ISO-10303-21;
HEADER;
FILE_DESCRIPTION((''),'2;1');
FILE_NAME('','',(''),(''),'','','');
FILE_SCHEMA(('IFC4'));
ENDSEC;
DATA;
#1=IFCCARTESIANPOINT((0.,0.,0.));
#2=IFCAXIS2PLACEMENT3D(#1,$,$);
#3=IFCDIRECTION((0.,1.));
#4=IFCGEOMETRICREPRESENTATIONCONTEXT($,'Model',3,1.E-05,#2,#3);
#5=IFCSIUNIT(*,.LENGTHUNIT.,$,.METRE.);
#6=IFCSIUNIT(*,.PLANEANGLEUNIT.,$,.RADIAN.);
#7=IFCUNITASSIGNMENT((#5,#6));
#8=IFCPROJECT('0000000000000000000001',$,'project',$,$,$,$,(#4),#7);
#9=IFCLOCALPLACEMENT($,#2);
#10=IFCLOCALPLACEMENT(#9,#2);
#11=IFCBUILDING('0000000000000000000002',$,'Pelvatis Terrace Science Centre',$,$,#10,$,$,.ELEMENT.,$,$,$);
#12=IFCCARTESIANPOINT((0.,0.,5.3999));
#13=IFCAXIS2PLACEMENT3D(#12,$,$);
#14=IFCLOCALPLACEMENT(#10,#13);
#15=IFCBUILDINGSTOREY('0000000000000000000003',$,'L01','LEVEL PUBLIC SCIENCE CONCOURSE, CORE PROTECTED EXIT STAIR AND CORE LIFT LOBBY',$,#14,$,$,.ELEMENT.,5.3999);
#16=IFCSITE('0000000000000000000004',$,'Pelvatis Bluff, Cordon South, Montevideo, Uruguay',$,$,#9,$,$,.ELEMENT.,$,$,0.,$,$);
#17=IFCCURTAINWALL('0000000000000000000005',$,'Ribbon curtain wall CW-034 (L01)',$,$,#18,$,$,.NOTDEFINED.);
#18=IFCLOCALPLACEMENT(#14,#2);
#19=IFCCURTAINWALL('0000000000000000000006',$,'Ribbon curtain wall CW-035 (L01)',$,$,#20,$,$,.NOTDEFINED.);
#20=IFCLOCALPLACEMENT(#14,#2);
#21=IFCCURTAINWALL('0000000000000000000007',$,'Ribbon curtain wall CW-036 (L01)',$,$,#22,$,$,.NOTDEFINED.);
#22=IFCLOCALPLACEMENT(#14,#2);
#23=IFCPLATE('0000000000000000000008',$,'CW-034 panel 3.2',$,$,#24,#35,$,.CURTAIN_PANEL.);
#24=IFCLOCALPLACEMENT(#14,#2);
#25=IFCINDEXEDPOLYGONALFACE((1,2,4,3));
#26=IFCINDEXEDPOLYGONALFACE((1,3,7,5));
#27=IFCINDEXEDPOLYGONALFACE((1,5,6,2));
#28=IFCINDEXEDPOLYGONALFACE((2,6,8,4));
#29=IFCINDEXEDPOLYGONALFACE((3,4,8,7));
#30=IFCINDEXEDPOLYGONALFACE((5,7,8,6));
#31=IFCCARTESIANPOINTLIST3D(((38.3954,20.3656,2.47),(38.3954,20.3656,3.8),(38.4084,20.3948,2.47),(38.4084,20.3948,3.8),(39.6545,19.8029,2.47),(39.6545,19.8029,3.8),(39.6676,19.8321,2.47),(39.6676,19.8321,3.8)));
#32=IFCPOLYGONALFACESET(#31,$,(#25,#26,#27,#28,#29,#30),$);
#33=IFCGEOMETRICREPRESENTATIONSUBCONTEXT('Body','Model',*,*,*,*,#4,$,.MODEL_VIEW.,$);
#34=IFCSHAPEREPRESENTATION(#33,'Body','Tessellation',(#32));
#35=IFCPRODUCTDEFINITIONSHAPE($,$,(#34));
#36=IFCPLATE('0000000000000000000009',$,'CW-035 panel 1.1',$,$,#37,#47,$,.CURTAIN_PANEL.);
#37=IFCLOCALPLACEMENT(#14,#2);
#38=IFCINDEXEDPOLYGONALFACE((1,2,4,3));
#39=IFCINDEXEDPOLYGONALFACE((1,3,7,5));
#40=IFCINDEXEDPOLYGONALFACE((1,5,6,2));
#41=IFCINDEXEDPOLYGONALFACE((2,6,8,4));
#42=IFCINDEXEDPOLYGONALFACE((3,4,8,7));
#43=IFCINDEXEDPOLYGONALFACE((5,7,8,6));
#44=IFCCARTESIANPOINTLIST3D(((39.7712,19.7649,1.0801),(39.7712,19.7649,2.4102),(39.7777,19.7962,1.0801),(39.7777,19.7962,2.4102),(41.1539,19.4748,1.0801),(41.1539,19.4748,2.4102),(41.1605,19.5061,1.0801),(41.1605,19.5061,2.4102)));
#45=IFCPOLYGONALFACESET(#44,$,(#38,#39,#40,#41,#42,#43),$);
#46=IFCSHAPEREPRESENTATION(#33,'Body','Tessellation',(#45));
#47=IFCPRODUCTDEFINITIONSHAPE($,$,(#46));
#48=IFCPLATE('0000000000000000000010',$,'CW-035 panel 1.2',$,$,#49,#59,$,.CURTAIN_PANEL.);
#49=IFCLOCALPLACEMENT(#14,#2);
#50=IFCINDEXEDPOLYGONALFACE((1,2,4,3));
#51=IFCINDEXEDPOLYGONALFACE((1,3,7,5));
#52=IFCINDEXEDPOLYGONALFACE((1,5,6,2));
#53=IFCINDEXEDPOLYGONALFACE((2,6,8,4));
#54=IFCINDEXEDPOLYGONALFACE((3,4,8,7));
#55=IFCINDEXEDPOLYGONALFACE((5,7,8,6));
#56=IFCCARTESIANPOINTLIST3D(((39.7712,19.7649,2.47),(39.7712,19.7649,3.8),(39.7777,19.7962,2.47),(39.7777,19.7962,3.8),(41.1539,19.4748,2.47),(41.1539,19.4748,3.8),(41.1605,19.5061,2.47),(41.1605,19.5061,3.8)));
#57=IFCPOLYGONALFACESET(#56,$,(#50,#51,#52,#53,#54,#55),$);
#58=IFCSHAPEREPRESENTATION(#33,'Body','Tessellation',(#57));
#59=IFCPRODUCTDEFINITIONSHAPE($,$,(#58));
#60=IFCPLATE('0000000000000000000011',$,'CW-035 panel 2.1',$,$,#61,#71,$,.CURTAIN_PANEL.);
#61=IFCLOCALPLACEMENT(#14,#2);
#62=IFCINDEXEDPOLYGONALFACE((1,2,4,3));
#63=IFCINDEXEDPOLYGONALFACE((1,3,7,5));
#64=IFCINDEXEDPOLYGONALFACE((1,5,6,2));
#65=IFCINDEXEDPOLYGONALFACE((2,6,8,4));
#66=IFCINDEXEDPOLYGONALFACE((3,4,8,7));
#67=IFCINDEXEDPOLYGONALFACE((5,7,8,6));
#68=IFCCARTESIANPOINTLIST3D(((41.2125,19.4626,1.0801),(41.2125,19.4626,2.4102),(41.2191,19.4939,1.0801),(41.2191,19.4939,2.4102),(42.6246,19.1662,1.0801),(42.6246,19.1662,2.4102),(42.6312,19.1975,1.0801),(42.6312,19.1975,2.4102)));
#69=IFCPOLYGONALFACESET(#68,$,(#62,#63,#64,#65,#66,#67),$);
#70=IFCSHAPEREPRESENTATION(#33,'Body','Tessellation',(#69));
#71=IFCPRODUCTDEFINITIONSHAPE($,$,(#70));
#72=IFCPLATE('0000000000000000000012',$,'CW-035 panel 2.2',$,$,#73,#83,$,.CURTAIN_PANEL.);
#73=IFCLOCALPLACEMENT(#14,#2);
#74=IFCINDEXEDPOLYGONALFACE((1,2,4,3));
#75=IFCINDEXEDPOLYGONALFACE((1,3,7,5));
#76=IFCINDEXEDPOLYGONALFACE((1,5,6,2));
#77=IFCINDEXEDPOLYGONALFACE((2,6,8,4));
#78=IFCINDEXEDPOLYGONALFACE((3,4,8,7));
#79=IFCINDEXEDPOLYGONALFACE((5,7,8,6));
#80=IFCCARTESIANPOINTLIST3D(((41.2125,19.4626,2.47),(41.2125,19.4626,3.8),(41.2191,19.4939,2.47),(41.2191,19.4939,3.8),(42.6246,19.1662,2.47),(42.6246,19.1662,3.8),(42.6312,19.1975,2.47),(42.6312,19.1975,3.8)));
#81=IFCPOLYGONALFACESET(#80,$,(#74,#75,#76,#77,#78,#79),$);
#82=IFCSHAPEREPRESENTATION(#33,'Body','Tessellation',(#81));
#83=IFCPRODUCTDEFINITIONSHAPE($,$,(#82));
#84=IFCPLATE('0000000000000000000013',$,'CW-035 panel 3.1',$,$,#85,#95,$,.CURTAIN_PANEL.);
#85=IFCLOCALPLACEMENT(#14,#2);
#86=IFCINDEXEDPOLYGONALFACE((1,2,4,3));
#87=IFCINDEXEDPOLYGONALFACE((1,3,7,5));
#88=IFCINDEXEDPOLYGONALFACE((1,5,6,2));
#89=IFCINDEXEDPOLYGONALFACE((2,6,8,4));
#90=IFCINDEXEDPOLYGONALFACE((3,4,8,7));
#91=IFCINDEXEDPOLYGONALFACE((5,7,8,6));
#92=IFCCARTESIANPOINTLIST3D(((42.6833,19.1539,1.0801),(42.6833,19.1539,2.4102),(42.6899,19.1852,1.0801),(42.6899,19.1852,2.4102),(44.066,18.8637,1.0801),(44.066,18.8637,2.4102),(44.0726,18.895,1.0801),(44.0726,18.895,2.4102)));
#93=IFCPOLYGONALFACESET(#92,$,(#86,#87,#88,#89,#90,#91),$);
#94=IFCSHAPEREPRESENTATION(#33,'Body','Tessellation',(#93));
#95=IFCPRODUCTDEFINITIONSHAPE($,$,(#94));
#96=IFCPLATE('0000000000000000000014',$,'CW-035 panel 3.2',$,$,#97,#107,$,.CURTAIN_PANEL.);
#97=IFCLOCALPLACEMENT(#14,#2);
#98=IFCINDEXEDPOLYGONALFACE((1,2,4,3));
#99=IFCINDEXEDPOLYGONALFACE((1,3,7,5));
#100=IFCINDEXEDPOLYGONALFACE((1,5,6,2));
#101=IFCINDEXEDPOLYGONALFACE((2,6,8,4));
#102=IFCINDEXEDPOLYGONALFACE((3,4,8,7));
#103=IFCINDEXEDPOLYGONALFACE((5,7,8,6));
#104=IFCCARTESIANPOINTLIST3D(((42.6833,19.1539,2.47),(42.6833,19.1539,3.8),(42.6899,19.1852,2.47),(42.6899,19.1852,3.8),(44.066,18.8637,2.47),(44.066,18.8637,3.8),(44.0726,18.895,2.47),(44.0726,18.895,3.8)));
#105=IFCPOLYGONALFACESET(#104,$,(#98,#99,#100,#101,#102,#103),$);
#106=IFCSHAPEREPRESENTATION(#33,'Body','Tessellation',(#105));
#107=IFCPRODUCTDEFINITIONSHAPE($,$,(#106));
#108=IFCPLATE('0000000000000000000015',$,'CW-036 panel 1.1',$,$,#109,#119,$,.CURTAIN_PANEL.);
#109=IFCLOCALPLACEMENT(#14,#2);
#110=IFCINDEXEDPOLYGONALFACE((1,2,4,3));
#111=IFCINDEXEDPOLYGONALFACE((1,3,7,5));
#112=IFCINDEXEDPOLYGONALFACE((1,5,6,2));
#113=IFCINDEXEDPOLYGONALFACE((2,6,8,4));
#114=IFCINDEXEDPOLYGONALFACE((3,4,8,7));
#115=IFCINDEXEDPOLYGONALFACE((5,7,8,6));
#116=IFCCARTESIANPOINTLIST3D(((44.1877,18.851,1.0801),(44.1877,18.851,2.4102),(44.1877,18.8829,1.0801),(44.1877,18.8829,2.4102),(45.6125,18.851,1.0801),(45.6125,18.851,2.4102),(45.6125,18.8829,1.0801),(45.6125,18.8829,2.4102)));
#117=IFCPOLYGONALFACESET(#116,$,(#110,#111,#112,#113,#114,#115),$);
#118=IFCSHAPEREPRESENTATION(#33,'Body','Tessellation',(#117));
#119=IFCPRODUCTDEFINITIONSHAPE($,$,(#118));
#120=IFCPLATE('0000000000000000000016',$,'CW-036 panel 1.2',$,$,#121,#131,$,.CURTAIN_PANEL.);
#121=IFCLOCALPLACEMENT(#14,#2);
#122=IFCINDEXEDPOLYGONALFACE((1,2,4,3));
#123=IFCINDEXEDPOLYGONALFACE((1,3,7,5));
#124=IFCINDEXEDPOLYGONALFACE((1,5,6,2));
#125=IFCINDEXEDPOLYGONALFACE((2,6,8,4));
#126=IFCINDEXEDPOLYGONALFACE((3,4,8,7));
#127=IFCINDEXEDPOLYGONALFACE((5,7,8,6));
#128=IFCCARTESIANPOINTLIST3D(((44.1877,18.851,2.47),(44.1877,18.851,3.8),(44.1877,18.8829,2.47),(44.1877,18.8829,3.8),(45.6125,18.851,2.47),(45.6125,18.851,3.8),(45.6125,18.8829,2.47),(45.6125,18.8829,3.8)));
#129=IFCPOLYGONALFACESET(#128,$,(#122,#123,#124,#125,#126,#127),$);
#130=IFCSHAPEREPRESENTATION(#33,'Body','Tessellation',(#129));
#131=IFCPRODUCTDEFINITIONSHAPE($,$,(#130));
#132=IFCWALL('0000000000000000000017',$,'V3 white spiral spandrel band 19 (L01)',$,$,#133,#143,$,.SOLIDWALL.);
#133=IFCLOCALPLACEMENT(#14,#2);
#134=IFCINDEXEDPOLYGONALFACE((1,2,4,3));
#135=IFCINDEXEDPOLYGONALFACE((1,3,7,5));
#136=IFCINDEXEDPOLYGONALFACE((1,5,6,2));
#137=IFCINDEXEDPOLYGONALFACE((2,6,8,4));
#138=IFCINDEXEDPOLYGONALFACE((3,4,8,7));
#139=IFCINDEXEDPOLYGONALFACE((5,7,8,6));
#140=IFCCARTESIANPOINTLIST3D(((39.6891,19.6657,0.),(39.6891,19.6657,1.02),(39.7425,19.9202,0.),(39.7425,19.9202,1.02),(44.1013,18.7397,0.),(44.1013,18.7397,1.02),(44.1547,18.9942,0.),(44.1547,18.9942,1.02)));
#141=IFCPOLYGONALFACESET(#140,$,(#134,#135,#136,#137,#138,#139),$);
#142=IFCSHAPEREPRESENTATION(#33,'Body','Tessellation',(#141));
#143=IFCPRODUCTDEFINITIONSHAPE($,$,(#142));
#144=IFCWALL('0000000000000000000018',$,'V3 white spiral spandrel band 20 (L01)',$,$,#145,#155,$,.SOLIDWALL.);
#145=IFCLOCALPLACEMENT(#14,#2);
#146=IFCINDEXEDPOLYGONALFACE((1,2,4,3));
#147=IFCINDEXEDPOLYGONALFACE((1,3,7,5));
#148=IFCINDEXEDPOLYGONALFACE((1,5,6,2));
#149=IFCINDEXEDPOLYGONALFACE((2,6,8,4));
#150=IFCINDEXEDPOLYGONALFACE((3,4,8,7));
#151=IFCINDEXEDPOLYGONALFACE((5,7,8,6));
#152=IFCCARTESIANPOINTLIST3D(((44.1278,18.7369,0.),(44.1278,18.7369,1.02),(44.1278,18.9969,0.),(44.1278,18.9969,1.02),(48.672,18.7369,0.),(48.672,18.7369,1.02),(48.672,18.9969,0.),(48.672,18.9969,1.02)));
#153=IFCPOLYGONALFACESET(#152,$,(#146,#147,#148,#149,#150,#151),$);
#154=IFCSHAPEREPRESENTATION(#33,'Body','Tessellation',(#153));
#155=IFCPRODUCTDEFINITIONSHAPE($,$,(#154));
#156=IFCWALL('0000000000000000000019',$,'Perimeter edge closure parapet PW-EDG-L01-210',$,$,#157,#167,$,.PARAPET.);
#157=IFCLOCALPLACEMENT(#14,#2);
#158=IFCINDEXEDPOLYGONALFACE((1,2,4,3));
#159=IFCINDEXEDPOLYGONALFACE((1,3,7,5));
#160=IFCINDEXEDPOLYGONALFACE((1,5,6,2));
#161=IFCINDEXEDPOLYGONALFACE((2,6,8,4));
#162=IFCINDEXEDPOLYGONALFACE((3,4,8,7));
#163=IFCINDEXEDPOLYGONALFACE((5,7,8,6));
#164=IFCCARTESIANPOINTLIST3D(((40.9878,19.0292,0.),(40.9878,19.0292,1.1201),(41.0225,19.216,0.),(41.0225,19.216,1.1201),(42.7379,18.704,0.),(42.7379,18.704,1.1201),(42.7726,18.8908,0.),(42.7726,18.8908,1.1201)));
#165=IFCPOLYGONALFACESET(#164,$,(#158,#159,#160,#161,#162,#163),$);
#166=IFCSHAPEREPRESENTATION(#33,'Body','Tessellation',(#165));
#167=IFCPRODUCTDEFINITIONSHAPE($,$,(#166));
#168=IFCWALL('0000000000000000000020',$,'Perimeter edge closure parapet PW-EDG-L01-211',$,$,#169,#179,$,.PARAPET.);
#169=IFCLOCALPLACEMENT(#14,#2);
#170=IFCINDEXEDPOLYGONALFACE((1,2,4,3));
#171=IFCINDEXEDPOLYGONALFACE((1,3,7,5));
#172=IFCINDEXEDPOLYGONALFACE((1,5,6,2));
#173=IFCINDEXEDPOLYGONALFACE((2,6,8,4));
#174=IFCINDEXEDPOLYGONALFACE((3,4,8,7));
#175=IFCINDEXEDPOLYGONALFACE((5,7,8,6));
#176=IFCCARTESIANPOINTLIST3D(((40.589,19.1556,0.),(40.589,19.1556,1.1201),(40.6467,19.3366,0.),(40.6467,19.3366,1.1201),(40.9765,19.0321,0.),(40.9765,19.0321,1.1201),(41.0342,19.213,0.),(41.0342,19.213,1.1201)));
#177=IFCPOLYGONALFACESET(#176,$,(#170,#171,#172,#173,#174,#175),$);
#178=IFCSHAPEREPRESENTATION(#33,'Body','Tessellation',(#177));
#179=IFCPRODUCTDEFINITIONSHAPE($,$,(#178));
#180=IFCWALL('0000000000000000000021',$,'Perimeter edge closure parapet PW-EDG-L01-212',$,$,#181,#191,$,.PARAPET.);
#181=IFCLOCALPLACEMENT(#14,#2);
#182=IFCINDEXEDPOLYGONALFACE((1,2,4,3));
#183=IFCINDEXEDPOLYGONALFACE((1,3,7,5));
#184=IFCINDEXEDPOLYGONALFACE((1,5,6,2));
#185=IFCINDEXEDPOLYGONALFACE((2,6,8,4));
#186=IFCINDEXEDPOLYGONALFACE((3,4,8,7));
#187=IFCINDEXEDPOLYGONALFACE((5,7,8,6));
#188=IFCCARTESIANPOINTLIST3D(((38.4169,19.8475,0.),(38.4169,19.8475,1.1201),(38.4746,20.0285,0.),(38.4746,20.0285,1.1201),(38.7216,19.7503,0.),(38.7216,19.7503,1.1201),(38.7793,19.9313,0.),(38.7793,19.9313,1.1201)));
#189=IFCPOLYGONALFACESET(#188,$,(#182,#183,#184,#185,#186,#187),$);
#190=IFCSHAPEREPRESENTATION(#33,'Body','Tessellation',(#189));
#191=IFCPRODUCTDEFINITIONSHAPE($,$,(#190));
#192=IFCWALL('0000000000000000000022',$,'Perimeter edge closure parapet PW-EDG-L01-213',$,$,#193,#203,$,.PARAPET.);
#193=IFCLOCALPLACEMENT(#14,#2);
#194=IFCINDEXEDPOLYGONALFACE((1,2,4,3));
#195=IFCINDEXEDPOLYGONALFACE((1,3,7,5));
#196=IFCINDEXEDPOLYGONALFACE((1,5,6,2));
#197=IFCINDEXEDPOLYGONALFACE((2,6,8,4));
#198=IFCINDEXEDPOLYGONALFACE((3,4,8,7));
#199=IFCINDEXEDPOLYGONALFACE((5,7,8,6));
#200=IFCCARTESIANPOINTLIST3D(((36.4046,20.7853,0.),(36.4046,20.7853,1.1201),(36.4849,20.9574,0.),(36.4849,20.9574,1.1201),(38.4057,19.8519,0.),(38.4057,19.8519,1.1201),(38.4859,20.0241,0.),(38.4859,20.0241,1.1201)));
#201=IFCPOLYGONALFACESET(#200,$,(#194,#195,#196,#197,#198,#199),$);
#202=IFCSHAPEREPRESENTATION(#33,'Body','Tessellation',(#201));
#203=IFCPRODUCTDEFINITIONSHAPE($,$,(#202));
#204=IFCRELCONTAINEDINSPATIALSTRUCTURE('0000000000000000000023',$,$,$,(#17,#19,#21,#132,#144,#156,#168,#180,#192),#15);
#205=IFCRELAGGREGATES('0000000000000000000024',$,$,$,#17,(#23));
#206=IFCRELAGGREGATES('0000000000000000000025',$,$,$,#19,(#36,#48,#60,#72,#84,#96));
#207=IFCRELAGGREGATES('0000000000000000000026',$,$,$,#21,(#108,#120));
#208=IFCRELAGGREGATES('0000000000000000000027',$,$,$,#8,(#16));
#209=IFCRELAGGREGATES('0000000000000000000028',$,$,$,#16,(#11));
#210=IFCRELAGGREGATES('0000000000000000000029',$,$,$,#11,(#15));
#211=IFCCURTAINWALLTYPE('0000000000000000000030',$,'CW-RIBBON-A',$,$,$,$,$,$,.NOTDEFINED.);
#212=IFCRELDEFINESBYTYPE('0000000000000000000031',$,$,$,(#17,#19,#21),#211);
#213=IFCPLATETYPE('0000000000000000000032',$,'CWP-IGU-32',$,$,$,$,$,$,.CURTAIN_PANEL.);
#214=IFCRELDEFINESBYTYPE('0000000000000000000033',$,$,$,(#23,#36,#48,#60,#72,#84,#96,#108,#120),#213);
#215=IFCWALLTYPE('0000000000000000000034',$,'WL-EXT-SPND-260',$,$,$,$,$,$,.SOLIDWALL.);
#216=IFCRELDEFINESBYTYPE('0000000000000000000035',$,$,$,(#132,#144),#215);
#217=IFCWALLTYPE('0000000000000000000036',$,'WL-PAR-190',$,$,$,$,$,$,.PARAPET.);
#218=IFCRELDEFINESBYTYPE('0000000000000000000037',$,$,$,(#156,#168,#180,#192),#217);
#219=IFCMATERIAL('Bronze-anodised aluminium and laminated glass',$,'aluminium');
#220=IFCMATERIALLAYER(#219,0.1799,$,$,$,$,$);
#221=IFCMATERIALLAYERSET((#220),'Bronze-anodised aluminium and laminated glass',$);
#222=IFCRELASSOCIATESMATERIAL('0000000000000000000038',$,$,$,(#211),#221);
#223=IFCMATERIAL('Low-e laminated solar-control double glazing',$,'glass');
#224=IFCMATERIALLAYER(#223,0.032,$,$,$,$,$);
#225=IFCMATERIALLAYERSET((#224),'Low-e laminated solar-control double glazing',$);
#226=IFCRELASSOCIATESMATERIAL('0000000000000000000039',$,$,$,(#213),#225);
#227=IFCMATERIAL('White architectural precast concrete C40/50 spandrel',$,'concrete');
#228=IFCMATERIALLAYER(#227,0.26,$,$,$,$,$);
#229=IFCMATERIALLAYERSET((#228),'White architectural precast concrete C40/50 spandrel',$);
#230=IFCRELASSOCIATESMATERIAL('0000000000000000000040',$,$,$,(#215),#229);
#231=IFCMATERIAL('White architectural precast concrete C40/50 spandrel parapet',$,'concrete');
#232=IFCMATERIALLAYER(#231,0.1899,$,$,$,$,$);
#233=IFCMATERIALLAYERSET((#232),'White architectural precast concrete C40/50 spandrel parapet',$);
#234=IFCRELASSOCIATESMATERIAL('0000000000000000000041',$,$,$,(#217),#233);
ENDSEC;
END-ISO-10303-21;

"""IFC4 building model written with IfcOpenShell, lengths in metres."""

from ifc_helpers import new_model, si_unit, direction, frame, frame_2d, origin, origin_2d, place, context, subcontext, project, spatial, rectangle, extrude, material, layer, layer_set, type_object, element, aggregate, save


model = new_model("IFC4")

# Units and contexts
model_context = context("Model", 3, precision=1e-05, world=origin(), true_north=direction((0.0, 1.0)))
body_context = subcontext(model_context, "Body", "Model", "MODEL_VIEW")
ifc_project = project(units=[si_unit("LENGTHUNIT", "METRE"), si_unit("PLANEANGLEUNIT", "RADIAN")], contexts=[model_context])

# Site, building, storey
site_placement = place(None, origin())
site = spatial("IfcSite", under=ifc_project, at=site_placement, Name="Pelvatis Bluff, Cordon South, Montevideo, Uruguay", CompositionType="ELEMENT", RefElevation=0.0)
building_placement = place(site_placement, origin())
building = spatial("IfcBuilding", under=site, at=building_placement, Name="Pelvatis Terrace Science Centre", CompositionType="ELEMENT")
storey_placement = place(building_placement, frame((0.0, 0.0, 5.3999)))
storey = spatial("IfcBuildingStorey", under=building, at=storey_placement, Name="L01", Description="LEVEL PUBLIC SCIENCE CONCOURSE, CORE PROTECTED EXIT STAIR AND CORE LIFT LOBBY", CompositionType="ELEMENT", Elevation=5.3999)

# Curtain wall
ifc_material_1 = material(Name="Bronze-anodised aluminium and laminated glass", Category="aluminium")
ifc_layer_1 = layer(ifc_material_1, 0.1799)
ifc_layer_set_1 = layer_set([ifc_layer_1], Name="Bronze-anodised aluminium and laminated glass")
curtain_wall_type = type_object("IfcCurtainWallType", Name="CW-RIBBON-A", PredefinedType="NOTDEFINED", material=ifc_layer_set_1)
curtain_wall_1_placement = place(storey_placement, origin())
curtain_wall_1 = element("IfcCurtainWall", 1, at=curtain_wall_1_placement, inside=storey, type_object=curtain_wall_type, Name="Ribbon curtain wall CW-034 (L01)", PredefinedType="NOTDEFINED")

# Curtain wall
curtain_wall_2_placement = place(storey_placement, origin())
curtain_wall_2 = element("IfcCurtainWall", 2, at=curtain_wall_2_placement, inside=storey, type_object=curtain_wall_type, Name="Ribbon curtain wall CW-035 (L01)", PredefinedType="NOTDEFINED")

# Curtain wall
curtain_wall_3_placement = place(storey_placement, origin())
curtain_wall_3 = element("IfcCurtainWall", 3, at=curtain_wall_3_placement, inside=storey, type_object=curtain_wall_type, Name="Ribbon curtain wall CW-036 (L01)", PredefinedType="NOTDEFINED")

# Plates
ifc_material_2 = material(Name="Low-e laminated solar-control double glazing", Category="glass")
ifc_layer_2 = layer(ifc_material_2, 0.032)
ifc_layer_set_2 = layer_set([ifc_layer_2], Name="Low-e laminated solar-control double glazing")
plate_type = type_object("IfcPlateType", Name="CWP-IGU-32", PredefinedType="CURTAIN_PANEL", material=ifc_layer_set_2)
plate_1_placement = place(storey_placement, frame((39.0315, 20.0989, 2.47), z_axis=(0.0, 0.0, 1.0), x_axis=(0.912985, -0.407992, 0.0)))
plate_1 = element("IfcPlate", 4, at=plate_1_placement, type_object=plate_type, Name="CW-034 panel 3.2", PredefinedType="CURTAIN_PANEL", context=body_context, shape_type="SweptSolid", body=[
    extrude(rectangle(XDim=1.3792, YDim=0.032, at=origin_2d()), origin(), (0.0, 0.0, 1.0), 1.3301),
])
aggregate(curtain_wall_1, [plate_1])
plate_2_placement = place(storey_placement, frame((40.4658, 19.6355, 1.0801), z_axis=(0.0, 0.0, 1.0), x_axis=(0.978679, -0.205398, 0.0)))
plate_2 = element("IfcPlate", 5, at=plate_2_placement, type_object=plate_type, Name="CW-035 panel 1.1", PredefinedType="CURTAIN_PANEL", context=body_context, shape_type="SweptSolid", body=[
    extrude(rectangle(XDim=1.4128, YDim=0.032, at=origin_2d()), origin(), (0.0, 0.0, 1.0), 1.3301),
])
plate_3_placement = place(storey_placement, frame((40.4658, 19.6355, 2.47), z_axis=(0.0, 0.0, 1.0), x_axis=(0.978679, -0.205398, 0.0)))
plate_3 = element("IfcPlate", 6, at=plate_3_placement, type_object=plate_type, Name="CW-035 panel 1.2", PredefinedType="CURTAIN_PANEL", context=body_context, shape_type="SweptSolid", body=[
    extrude(rectangle(XDim=1.4128, YDim=0.032, at=origin_2d()), origin(), (0.0, 0.0, 1.0), 1.3301),
])
plate_4_placement = place(storey_placement, frame((41.9219, 19.3301, 1.0801), z_axis=(0.0, 0.0, 1.0), x_axis=(0.978679, -0.205398, 0.0)))
plate_4 = element("IfcPlate", 7, at=plate_4_placement, type_object=plate_type, Name="CW-035 panel 2.1", PredefinedType="CURTAIN_PANEL", context=body_context, shape_type="SweptSolid", body=[
    extrude(rectangle(XDim=1.4429, YDim=0.032, at=origin_2d()), origin(), (0.0, 0.0, 1.0), 1.3301),
])
plate_5_placement = place(storey_placement, frame((41.9219, 19.3301, 2.47), z_axis=(0.0, 0.0, 1.0), x_axis=(0.978679, -0.205398, 0.0)))
plate_5 = element("IfcPlate", 8, at=plate_5_placement, type_object=plate_type, Name="CW-035 panel 2.2", PredefinedType="CURTAIN_PANEL", context=body_context, shape_type="SweptSolid", body=[
    extrude(rectangle(XDim=1.4429, YDim=0.032, at=origin_2d()), origin(), (0.0, 0.0, 1.0), 1.3301),
])
plate_6_placement = place(storey_placement, frame((43.3779, 19.0244, 1.0801), z_axis=(0.0, 0.0, 1.0), x_axis=(0.978679, -0.205398, 0.0)))
plate_6 = element("IfcPlate", 9, at=plate_6_placement, type_object=plate_type, Name="CW-035 panel 3.1", PredefinedType="CURTAIN_PANEL", context=body_context, shape_type="SweptSolid", body=[
    extrude(rectangle(XDim=1.4128, YDim=0.032, at=origin_2d()), origin(), (0.0, 0.0, 1.0), 1.3301),
])
plate_7_placement = place(storey_placement, frame((43.3779, 19.0244, 2.47), z_axis=(0.0, 0.0, 1.0), x_axis=(0.978679, -0.205398, 0.0)))
plate_7 = element("IfcPlate", 10, at=plate_7_placement, type_object=plate_type, Name="CW-035 panel 3.2", PredefinedType="CURTAIN_PANEL", context=body_context, shape_type="SweptSolid", body=[
    extrude(rectangle(XDim=1.4128, YDim=0.032, at=origin_2d()), origin(), (0.0, 0.0, 1.0), 1.3301),
])
aggregate(curtain_wall_2, [plate_2, plate_3, plate_4, plate_5, plate_6, plate_7])
plate_8_placement = place(storey_placement, frame((44.9001, 18.8669, 1.0801), z_axis=(0.0, 0.0, 1.0), x_axis=(1.0, 0.0, 0.0)))
plate_8 = element("IfcPlate", 11, at=plate_8_placement, type_object=plate_type, Name="CW-036 panel 1.1", PredefinedType="CURTAIN_PANEL", context=body_context, shape_type="SweptSolid", body=[
    extrude(rectangle(XDim=1.4248, YDim=0.032, at=origin_2d()), origin(), (0.0, 0.0, 1.0), 1.3301),
])
plate_9_placement = place(storey_placement, frame((44.9001, 18.8669, 2.47), z_axis=(0.0, 0.0, 1.0), x_axis=(1.0, 0.0, 0.0)))
plate_9 = element("IfcPlate", 12, at=plate_9_placement, type_object=plate_type, Name="CW-036 panel 1.2", PredefinedType="CURTAIN_PANEL", context=body_context, shape_type="SweptSolid", body=[
    extrude(rectangle(XDim=1.4248, YDim=0.032, at=origin_2d()), origin(), (0.0, 0.0, 1.0), 1.3301),
])
aggregate(curtain_wall_3, [plate_8, plate_9])

# Walls
ifc_material_3 = material(Name="White architectural precast concrete C40/50 spandrel", Category="concrete")
ifc_layer_3 = layer(ifc_material_3, 0.26)
ifc_layer_set_3 = layer_set([ifc_layer_3], Name="White architectural precast concrete C40/50 spandrel")
wall_type_1 = type_object("IfcWallType", Name="WL-EXT-SPND-260", PredefinedType="SOLIDWALL", material=ifc_layer_set_3)
wall_1_placement = place(storey_placement, frame((39.7158, 19.793, 0.0), z_axis=(0.0, 0.0, 1.0), x_axis=(0.978677, -0.205407, 0.0)))
element("IfcWall", 13, at=wall_1_placement, inside=storey, type_object=wall_type_1, Name="V3 white spiral spandrel band 19 (L01)", PredefinedType="SOLIDWALL", context=body_context, shape_type="SweptSolid", body=[
    extrude(rectangle(XDim=4.5083, YDim=0.26, at=frame_2d((2.2542, 0.0))), origin(), (0.0, 0.0, 1.0), 1.02),
])
wall_2_placement = place(storey_placement, frame((44.1279, 18.8669, 0.0), z_axis=(0.0, 0.0, 1.0), x_axis=(1.0, 0.0, 0.0)))
element("IfcWall", 14, at=wall_2_placement, inside=storey, type_object=wall_type_1, Name="V3 white spiral spandrel band 20 (L01)", PredefinedType="SOLIDWALL", context=body_context, shape_type="SweptSolid", body=[
    extrude(rectangle(XDim=4.5442, YDim=0.26, at=frame_2d((2.272, 0.0))), origin(), (0.0, 0.0, 1.0), 1.02),
])
ifc_material_4 = material(Name="White architectural precast concrete C40/50 spandrel parapet", Category="concrete")
ifc_layer_4 = layer(ifc_material_4, 0.1899)
ifc_layer_set_4 = layer_set([ifc_layer_4], Name="White architectural precast concrete C40/50 spandrel parapet")
wall_type_2 = type_object("IfcWallType", Name="WL-PAR-190", PredefinedType="PARAPET", material=ifc_layer_set_4)
wall_3_placement = place(storey_placement, frame((42.7554, 18.7974, 0.0), z_axis=(0.0, 0.0, 1.0), x_axis=(-0.983169, 0.182698, 0.0)))
element("IfcWall", 15, at=wall_3_placement, inside=storey, type_object=wall_type_2, Name="Perimeter edge closure parapet PW-EDG-L01-210", PredefinedType="PARAPET", context=body_context, shape_type="SweptSolid", body=[
    extrude(rectangle(XDim=1.78, YDim=0.1899, at=frame_2d((0.8901, 0.0))), origin(), (0.0, 0.0, 1.0), 1.1201),
])
wall_4_placement = place(storey_placement, frame((41.0054, 19.1226, 0.0), z_axis=(0.0, 0.0, 1.0), x_axis=(-0.952744, 0.303774, 0.0)))
element("IfcWall", 16, at=wall_4_placement, inside=storey, type_object=wall_type_2, Name="Perimeter edge closure parapet PW-EDG-L01-211", PredefinedType="PARAPET", context=body_context, shape_type="SweptSolid", body=[
    extrude(rectangle(XDim=0.4067, YDim=0.1899, at=frame_2d((0.2034, 0.0))), origin(), (0.0, 0.0, 1.0), 1.1201),
])
wall_5_placement = place(storey_placement, frame((38.7505, 19.8408, 0.0), z_axis=(0.0, 0.0, 1.0), x_axis=(-0.952725, 0.303834, 0.0)))
element("IfcWall", 17, at=wall_5_placement, inside=storey, type_object=wall_type_2, Name="Perimeter edge closure parapet PW-EDG-L01-212", PredefinedType="PARAPET", context=body_context, shape_type="SweptSolid", body=[
    extrude(rectangle(XDim=0.3198, YDim=0.1899, at=frame_2d((0.1599, 0.0))), origin(), (0.0, 0.0, 1.0), 1.1201),
])
wall_6_placement = place(storey_placement, frame((38.4458, 19.938, 0.0), z_axis=(0.0, 0.0, 1.0), x_axis=(-0.906259, 0.422722, 0.0)))
element("IfcWall", 18, at=wall_6_placement, inside=storey, type_object=wall_type_2, Name="Perimeter edge closure parapet PW-EDG-L01-213", PredefinedType="PARAPET", context=body_context, shape_type="SweptSolid", body=[
    extrude(rectangle(XDim=2.208, YDim=0.1899, at=frame_2d((1.104, 0.0))), origin(), (0.0, 0.0, 1.0), 1.1201),
])

save(model, "model.ifc")
